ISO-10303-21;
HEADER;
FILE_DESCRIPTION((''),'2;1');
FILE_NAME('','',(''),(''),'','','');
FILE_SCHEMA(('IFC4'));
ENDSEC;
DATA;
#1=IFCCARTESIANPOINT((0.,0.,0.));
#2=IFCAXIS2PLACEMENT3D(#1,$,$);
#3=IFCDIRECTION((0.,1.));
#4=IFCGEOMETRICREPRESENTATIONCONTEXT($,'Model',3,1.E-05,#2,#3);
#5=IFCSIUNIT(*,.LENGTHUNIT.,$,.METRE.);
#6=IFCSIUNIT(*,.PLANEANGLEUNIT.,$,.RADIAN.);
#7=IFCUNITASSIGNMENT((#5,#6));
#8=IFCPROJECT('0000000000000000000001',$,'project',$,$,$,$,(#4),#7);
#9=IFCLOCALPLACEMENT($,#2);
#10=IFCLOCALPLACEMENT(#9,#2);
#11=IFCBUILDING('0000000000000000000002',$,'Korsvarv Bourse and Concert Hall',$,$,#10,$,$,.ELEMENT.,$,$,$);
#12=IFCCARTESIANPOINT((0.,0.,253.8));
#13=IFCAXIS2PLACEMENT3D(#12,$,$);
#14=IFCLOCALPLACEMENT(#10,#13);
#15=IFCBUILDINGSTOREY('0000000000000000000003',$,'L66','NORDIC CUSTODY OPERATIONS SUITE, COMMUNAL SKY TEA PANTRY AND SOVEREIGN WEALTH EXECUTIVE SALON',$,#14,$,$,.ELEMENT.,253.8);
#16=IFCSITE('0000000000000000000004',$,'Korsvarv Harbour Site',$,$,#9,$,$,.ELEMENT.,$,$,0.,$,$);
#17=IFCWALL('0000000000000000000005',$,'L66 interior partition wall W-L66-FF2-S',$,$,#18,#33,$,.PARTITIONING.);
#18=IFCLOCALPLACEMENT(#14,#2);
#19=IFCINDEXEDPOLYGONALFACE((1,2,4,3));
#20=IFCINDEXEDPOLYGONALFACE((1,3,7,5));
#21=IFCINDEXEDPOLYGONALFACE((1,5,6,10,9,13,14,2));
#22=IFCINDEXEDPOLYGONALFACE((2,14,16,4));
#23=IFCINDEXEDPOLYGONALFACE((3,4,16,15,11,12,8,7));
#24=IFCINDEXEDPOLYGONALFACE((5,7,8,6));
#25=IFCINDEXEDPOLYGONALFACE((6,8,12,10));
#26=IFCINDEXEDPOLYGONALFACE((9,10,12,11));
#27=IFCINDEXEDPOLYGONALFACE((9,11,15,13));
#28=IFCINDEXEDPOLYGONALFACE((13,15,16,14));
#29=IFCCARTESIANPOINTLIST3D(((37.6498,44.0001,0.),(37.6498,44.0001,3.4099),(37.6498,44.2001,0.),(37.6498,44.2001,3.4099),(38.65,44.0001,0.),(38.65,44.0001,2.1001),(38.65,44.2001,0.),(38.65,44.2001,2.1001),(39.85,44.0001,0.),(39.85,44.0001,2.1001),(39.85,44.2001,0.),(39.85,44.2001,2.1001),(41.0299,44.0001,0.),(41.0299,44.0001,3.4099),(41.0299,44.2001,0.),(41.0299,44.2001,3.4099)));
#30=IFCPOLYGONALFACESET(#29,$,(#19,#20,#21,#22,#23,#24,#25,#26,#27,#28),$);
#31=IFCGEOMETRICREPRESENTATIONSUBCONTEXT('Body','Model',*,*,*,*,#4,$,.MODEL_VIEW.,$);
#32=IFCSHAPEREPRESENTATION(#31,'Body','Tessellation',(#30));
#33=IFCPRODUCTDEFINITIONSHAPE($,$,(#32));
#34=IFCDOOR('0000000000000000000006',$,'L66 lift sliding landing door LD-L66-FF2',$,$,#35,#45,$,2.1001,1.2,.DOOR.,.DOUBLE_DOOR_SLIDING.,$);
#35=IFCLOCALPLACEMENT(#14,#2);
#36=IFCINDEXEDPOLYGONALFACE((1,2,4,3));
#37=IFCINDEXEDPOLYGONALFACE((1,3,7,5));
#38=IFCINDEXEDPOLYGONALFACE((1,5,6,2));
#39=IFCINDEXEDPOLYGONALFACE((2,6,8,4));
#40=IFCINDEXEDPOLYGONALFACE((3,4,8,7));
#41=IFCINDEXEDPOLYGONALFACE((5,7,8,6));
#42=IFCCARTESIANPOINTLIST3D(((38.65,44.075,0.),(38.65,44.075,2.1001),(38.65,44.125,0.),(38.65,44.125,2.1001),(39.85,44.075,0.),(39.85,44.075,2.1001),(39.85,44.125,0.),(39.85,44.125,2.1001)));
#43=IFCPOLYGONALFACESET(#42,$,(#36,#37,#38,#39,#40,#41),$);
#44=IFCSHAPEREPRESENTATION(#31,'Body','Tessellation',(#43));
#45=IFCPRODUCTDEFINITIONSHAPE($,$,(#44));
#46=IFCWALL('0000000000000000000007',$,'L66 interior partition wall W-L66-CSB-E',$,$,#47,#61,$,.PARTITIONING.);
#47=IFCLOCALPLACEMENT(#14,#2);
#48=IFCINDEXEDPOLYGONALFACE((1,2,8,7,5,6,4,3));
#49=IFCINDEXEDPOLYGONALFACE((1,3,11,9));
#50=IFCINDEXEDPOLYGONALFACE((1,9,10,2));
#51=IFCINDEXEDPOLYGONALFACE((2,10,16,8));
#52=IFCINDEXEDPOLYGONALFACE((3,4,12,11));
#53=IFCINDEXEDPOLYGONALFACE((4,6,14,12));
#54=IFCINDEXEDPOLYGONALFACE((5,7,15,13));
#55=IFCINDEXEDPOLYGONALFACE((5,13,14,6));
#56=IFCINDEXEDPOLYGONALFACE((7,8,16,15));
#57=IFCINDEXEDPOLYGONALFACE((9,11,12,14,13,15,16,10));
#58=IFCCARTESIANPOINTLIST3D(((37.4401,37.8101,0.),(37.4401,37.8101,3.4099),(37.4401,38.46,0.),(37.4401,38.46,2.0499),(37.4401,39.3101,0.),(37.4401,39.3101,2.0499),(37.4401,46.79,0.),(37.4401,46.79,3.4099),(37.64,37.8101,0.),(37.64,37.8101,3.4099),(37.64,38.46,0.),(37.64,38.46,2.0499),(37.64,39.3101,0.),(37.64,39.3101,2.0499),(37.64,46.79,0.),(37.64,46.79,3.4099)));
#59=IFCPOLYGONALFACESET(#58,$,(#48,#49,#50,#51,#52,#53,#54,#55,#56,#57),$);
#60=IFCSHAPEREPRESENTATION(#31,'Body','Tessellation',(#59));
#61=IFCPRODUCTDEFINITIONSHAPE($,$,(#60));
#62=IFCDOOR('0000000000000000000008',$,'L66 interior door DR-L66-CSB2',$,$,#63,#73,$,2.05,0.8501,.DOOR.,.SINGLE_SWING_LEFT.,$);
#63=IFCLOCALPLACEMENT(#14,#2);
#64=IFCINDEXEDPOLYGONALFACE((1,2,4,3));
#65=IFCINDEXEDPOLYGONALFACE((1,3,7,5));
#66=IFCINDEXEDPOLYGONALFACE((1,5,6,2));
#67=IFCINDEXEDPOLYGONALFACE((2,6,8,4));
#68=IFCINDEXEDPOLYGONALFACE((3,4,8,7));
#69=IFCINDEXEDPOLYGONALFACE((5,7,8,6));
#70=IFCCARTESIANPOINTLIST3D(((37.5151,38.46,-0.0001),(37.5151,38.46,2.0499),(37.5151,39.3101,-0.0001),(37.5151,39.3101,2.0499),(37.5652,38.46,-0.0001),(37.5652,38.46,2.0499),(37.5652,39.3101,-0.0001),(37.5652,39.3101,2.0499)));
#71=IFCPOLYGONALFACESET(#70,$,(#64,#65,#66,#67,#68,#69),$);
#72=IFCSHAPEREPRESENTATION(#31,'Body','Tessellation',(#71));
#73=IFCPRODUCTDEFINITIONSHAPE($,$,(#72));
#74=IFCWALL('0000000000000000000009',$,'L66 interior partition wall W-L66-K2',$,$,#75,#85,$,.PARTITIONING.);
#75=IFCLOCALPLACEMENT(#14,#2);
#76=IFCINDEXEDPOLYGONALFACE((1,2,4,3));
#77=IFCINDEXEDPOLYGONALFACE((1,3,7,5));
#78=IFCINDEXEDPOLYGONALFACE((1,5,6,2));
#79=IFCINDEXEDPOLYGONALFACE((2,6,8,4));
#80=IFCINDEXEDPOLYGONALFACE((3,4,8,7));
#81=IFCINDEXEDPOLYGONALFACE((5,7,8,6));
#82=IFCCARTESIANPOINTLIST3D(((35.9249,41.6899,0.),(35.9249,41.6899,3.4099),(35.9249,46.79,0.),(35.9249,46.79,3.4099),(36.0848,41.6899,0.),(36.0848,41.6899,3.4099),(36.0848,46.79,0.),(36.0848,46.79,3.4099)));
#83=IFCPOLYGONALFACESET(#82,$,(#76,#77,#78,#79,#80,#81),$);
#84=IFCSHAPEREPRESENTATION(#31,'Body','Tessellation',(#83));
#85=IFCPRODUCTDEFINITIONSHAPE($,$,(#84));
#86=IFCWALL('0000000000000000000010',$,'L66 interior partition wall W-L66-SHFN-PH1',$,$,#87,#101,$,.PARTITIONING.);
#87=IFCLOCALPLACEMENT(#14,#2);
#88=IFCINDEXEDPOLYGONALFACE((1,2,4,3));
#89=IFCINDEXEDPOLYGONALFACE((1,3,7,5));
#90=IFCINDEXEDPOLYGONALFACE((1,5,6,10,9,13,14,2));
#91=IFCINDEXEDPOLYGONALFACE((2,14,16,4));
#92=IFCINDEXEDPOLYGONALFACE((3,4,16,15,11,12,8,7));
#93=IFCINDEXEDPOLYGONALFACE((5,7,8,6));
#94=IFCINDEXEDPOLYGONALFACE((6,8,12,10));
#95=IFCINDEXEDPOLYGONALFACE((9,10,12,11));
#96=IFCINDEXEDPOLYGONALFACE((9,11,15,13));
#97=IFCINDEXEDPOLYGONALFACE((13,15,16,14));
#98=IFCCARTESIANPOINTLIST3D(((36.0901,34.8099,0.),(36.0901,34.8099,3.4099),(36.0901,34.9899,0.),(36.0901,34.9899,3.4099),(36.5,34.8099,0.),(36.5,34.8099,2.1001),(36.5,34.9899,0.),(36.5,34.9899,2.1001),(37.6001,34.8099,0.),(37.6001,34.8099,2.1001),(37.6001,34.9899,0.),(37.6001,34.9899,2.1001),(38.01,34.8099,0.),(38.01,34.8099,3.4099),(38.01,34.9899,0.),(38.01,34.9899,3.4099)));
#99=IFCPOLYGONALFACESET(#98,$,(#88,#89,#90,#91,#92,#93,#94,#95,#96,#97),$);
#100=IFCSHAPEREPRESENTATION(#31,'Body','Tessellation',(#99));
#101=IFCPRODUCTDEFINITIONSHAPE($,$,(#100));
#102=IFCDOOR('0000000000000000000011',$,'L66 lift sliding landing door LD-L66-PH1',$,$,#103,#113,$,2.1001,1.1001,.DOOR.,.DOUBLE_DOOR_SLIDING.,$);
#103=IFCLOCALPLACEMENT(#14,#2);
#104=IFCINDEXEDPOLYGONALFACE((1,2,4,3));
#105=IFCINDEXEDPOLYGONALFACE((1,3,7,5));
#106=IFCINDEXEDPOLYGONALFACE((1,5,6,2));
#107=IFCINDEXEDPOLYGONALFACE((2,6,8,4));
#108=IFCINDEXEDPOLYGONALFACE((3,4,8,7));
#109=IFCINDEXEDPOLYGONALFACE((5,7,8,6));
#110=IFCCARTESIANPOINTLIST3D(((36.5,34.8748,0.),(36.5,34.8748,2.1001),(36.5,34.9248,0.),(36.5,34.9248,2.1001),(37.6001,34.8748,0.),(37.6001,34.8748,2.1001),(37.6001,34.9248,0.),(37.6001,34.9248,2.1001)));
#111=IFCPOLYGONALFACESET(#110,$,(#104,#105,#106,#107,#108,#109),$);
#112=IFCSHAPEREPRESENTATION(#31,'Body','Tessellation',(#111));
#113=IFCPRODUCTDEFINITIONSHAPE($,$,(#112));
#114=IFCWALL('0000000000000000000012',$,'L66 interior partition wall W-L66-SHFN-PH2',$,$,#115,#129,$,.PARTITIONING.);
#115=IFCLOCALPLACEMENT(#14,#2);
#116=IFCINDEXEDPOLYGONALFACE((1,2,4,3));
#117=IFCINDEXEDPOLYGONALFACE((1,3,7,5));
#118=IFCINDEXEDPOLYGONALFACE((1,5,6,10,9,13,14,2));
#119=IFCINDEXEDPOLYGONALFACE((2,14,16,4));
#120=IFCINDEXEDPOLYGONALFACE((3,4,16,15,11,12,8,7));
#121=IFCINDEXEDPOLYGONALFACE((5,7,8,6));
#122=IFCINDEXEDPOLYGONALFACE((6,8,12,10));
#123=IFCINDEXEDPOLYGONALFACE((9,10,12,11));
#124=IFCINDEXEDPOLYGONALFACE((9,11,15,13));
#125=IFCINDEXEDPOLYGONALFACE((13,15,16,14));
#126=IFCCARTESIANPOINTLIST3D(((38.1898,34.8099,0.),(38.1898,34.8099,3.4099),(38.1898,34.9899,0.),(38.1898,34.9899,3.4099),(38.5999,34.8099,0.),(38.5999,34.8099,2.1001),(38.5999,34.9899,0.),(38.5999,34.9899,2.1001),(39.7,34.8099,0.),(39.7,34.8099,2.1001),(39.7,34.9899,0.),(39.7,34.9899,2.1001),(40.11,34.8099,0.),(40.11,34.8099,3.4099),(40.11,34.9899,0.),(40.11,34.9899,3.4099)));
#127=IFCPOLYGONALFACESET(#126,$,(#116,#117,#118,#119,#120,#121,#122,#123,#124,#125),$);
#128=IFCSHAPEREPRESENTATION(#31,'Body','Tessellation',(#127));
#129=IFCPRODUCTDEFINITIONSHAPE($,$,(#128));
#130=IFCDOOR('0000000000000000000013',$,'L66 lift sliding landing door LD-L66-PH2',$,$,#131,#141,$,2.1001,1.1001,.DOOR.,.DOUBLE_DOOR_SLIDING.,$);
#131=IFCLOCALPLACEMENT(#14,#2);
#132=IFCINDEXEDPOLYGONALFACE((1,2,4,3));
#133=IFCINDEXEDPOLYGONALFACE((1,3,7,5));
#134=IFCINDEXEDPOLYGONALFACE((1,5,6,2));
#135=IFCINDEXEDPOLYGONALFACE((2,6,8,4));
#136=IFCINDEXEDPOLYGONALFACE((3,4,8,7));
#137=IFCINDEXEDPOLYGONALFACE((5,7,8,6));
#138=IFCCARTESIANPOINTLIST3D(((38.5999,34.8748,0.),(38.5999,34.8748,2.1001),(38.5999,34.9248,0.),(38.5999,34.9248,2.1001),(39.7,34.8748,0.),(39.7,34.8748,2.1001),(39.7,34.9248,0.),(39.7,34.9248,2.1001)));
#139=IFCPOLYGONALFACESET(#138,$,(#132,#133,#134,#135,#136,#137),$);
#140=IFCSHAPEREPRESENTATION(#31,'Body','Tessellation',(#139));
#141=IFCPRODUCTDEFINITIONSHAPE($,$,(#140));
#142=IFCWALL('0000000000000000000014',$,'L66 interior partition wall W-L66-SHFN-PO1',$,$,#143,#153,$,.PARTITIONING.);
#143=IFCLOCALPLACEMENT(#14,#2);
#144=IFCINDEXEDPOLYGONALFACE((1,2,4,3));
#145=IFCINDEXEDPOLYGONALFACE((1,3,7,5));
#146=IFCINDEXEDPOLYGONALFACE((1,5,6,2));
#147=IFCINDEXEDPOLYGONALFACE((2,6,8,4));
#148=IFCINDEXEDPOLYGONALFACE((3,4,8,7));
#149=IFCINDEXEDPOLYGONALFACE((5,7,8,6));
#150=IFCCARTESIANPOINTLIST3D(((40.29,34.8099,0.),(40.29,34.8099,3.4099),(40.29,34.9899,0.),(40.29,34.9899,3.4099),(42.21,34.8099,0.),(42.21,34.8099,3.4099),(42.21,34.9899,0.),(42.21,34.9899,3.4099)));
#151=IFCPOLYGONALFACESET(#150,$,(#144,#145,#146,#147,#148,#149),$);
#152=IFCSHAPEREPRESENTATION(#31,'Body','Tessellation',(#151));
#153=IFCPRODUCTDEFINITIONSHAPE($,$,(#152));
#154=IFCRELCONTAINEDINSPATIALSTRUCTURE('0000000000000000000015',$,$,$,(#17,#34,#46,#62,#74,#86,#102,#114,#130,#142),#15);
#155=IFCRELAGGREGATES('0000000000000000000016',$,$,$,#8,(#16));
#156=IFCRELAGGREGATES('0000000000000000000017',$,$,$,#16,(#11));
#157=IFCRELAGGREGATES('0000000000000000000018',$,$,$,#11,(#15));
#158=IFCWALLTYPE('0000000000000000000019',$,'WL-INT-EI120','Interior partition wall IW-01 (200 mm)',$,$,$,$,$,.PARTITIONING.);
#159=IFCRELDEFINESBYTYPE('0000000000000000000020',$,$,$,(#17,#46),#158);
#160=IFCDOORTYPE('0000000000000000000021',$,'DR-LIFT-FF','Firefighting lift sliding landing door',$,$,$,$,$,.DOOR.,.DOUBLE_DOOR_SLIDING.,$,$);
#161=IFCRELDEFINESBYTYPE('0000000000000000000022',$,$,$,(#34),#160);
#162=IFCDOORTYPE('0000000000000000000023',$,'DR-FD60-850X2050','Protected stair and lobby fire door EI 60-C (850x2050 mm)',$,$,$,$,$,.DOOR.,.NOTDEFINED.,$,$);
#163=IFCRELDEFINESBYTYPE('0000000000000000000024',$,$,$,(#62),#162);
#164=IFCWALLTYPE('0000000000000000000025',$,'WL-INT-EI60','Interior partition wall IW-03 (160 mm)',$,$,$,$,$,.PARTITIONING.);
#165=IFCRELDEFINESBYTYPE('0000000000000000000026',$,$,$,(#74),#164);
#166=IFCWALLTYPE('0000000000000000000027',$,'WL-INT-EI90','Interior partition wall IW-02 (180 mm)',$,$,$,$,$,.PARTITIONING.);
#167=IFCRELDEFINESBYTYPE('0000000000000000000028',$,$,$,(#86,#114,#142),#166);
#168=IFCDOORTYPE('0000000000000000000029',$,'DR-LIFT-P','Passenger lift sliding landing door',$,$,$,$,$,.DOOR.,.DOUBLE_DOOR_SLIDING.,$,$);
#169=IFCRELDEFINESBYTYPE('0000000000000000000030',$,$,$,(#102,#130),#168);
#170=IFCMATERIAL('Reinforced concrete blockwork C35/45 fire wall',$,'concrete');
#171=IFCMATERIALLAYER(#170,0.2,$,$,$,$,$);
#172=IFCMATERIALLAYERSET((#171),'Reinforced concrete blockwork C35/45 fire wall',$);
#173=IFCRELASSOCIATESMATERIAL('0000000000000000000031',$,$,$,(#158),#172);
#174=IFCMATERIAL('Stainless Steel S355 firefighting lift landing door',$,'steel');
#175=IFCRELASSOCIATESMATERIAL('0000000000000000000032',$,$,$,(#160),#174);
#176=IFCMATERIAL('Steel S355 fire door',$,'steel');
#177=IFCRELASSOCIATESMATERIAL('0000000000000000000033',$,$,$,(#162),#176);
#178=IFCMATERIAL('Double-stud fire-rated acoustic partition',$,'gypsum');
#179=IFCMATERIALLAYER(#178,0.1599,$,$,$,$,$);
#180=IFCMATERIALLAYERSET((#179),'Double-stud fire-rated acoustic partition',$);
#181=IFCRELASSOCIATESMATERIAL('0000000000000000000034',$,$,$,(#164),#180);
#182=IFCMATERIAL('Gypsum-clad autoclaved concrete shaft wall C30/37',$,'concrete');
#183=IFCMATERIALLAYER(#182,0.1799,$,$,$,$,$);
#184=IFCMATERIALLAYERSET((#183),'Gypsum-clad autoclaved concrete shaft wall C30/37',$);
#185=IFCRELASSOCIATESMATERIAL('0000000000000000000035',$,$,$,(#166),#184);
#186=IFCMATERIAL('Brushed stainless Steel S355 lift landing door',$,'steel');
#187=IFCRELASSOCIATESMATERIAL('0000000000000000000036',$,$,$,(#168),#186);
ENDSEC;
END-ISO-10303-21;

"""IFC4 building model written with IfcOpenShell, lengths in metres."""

from ifc_helpers import new_model, si_unit, direction, frame, frame_2d, origin, place, context, subcontext, project, spatial, rectangle, extrude, material, layer, layer_set, type_object, element, fill, save


model = new_model("IFC4")

# Units and contexts
model_context = context("Model", 3, precision=1e-05, world=origin(), true_north=direction((0.0, 1.0)))
body_context = subcontext(model_context, "Body", "Model", "MODEL_VIEW")
ifc_project = project(units=[si_unit("LENGTHUNIT", "METRE"), si_unit("PLANEANGLEUNIT", "RADIAN")], contexts=[model_context])

# Site, building, storey
site_placement = place(None, origin())
site = spatial("IfcSite", under=ifc_project, at=site_placement, Name="Korsvarv Harbour Site", CompositionType="ELEMENT", RefElevation=0.0)
building_placement = place(site_placement, origin())
building = spatial("IfcBuilding", under=site, at=building_placement, Name="Korsvarv Bourse and Concert Hall", CompositionType="ELEMENT")
storey_placement = place(building_placement, frame((0.0, 0.0, 253.8)))
storey = spatial("IfcBuildingStorey", under=building, at=storey_placement, Name="L66", Description="NORDIC CUSTODY OPERATIONS SUITE, COMMUNAL SKY TEA PANTRY AND SOVEREIGN WEALTH EXECUTIVE SALON", CompositionType="ELEMENT", Elevation=253.8)

# Shared definitions
ifc_material_1 = material(Name="Steel S355 fire door", Category="steel")

# Walls, openings, doors
ifc_material_2 = material(Name="Reinforced concrete blockwork C35/45 fire wall", Category="concrete")
ifc_layer_1 = layer(ifc_material_2, 0.2)
ifc_layer_set_1 = layer_set([ifc_layer_1], Name="Reinforced concrete blockwork C35/45 fire wall")
wall_type_1 = type_object("IfcWallType", Name="WL-INT-EI120", Description="Interior partition wall IW-01 (200 mm)", PredefinedType="PARTITIONING", material=ifc_layer_set_1)
wall_1_placement = place(storey_placement, frame((37.6499, 44.1001, 0.0), z_axis=(0.0, 0.0, 1.0), x_axis=(1.0, 0.0, 0.0)))
wall_1 = element("IfcWall", 1, at=wall_1_placement, inside=storey, type_object=wall_type_1, Name="L66 interior partition wall W-L66-FF2-S", PredefinedType="PARTITIONING", context=body_context, shape_type="SweptSolid", body=[
    extrude(rectangle(XDim=3.3801, YDim=0.2, at=frame_2d((1.6899, 0.0))), origin(), (0.0, 0.0, 1.0), 3.4099),
])
opening_1_placement = place(wall_1_placement, frame((1.0, 0.0, 0.0)))
opening_1 = element("IfcOpeningElement", 2, at=opening_1_placement, cuts=wall_1, PredefinedType="OPENING", context=body_context, shape_type="SweptSolid", body=[
    extrude(rectangle(XDim=1.2, YDim=2.1001, at=frame_2d((0.6001, 1.05))), frame((0.0, 0.1099, 0.0), z_axis=(0.0, -1.0, 0.0), x_axis=(1.0, 0.0, 0.0)), (0.0, 0.0, 1.0), 0.22),
])
ifc_material_3 = material(Name="Stainless Steel S355 firefighting lift landing door", Category="steel")
door_type_1 = type_object("IfcDoorType", Name="DR-LIFT-FF", Description="Firefighting lift sliding landing door", OperationType="DOUBLE_DOOR_SLIDING", PredefinedType="DOOR", material=ifc_material_3)
door_1_placement = place(opening_1_placement, origin())
door_1 = element("IfcDoor", 3, at=door_1_placement, inside=storey, type_object=door_type_1, Name="L66 lift sliding landing door LD-L66-FF2", OperationType="DOUBLE_DOOR_SLIDING", OverallHeight=2.1001, OverallWidth=1.2, PredefinedType="DOOR", context=body_context, shape_type="SweptSolid", body=[
    extrude(rectangle(XDim=1.2, YDim=2.1001, at=frame_2d((0.6001, 1.05))), frame((0.0, 0.0249, 0.0), z_axis=(0.0, -1.0, 0.0), x_axis=(1.0, 0.0, 0.0)), (0.0, 0.0, 1.0), 0.05),
])
fill(opening_1, door_1)
wall_2_placement = place(storey_placement, frame((37.54, 37.8101, 0.0), z_axis=(0.0, 0.0, 1.0), x_axis=(0.0, 1.0, 0.0)))
wall_2 = element("IfcWall", 4, at=wall_2_placement, inside=storey, type_object=wall_type_1, Name="L66 interior partition wall W-L66-CSB-E", PredefinedType="PARTITIONING", context=body_context, shape_type="SweptSolid", body=[
    extrude(rectangle(XDim=8.98, YDim=0.2, at=frame_2d((4.49, 0.0))), origin(), (0.0, 0.0, 1.0), 3.4099),
])
opening_2_placement = place(wall_2_placement, frame((0.6499, 0.0, 0.0)))
opening_2 = element("IfcOpeningElement", 5, at=opening_2_placement, cuts=wall_2, PredefinedType="OPENING", context=body_context, shape_type="SweptSolid", body=[
    extrude(rectangle(XDim=0.8501, YDim=2.05, at=frame_2d((0.425, 1.0249))), frame((0.0, 0.1099, 0.0), z_axis=(0.0, -1.0, 0.0), x_axis=(1.0, 0.0, 0.0)), (0.0, 0.0, 1.0), 0.22),
])
door_type_2 = type_object("IfcDoorType", Name="DR-FD60-850X2050", Description="Protected stair and lobby fire door EI 60-C (850x2050 mm)", OperationType="NOTDEFINED", PredefinedType="DOOR", material=ifc_material_1)
door_2_placement = place(opening_2_placement, origin())
door_2 = element("IfcDoor", 6, at=door_2_placement, inside=storey, type_object=door_type_2, Name="L66 interior door DR-L66-CSB2", OperationType="SINGLE_SWING_LEFT", OverallHeight=2.05, OverallWidth=0.8501, PredefinedType="DOOR", context=body_context, shape_type="SweptSolid", body=[
    extrude(rectangle(XDim=0.8501, YDim=2.05, at=frame_2d((0.425, 1.0249))), frame((0.0, 0.0249, 0.0), z_axis=(0.0, -1.0, 0.0), x_axis=(1.0, 0.0, 0.0)), (0.0, 0.0, 1.0), 0.05),
])
fill(opening_2, door_2)

# Wall
ifc_material_4 = material(Name="Double-stud fire-rated acoustic partition", Category="gypsum")
ifc_layer_2 = layer(ifc_material_4, 0.1599)
ifc_layer_set_2 = layer_set([ifc_layer_2], Name="Double-stud fire-rated acoustic partition")
wall_type_2 = type_object("IfcWallType", Name="WL-INT-EI60", Description="Interior partition wall IW-03 (160 mm)", PredefinedType="PARTITIONING", material=ifc_layer_set_2)
wall_3_placement = place(storey_placement, frame((36.0049, 41.6899, 0.0), z_axis=(0.0, 0.0, 1.0), x_axis=(0.0, 1.0, 0.0)))
element("IfcWall", 7, at=wall_3_placement, inside=storey, type_object=wall_type_2, Name="L66 interior partition wall W-L66-K2", PredefinedType="PARTITIONING", context=body_context, shape_type="SweptSolid", body=[
    extrude(rectangle(XDim=5.1001, YDim=0.1599, at=frame_2d((2.55, 0.0))), origin(), (0.0, 0.0, 1.0), 3.4099),
])

# Walls, openings, doors
ifc_material_5 = material(Name="Gypsum-clad autoclaved concrete shaft wall C30/37", Category="concrete")
ifc_layer_3 = layer(ifc_material_5, 0.1799)
ifc_layer_set_3 = layer_set([ifc_layer_3], Name="Gypsum-clad autoclaved concrete shaft wall C30/37")
wall_type_3 = type_object("IfcWallType", Name="WL-INT-EI90", Description="Interior partition wall IW-02 (180 mm)", PredefinedType="PARTITIONING", material=ifc_layer_set_3)
wall_4_placement = place(storey_placement, frame((36.0901, 34.8999, 0.0), z_axis=(0.0, 0.0, 1.0), x_axis=(1.0, 0.0, 0.0)))
wall_4 = element("IfcWall", 8, at=wall_4_placement, inside=storey, type_object=wall_type_3, Name="L66 interior partition wall W-L66-SHFN-PH1", PredefinedType="PARTITIONING", context=body_context, shape_type="SweptSolid", body=[
    extrude(rectangle(XDim=1.9199, YDim=0.1799, at=frame_2d((0.96, 0.0))), origin(), (0.0, 0.0, 1.0), 3.4099),
])
opening_3_placement = place(wall_4_placement, frame((0.4099, 0.0, 0.0)))
opening_3 = element("IfcOpeningElement", 9, at=opening_3_placement, cuts=wall_4, PredefinedType="OPENING", context=body_context, shape_type="SweptSolid", body=[
    extrude(rectangle(XDim=1.1001, YDim=2.1001, at=frame_2d((0.55, 1.05))), frame((0.0, 0.1001, 0.0), z_axis=(0.0, -1.0, 0.0), x_axis=(1.0, 0.0, 0.0)), (0.0, 0.0, 1.0), 0.2),
])
ifc_material_6 = material(Name="Brushed stainless Steel S355 lift landing door", Category="steel")
door_type_3 = type_object("IfcDoorType", Name="DR-LIFT-P", Description="Passenger lift sliding landing door", OperationType="DOUBLE_DOOR_SLIDING", PredefinedType="DOOR", material=ifc_material_6)
door_3_placement = place(opening_3_placement, origin())
door_3 = element("IfcDoor", 10, at=door_3_placement, inside=storey, type_object=door_type_3, Name="L66 lift sliding landing door LD-L66-PH1", OperationType="DOUBLE_DOOR_SLIDING", OverallHeight=2.1001, OverallWidth=1.1001, PredefinedType="DOOR", context=body_context, shape_type="SweptSolid", body=[
    extrude(rectangle(XDim=1.1001, YDim=2.1001, at=frame_2d((0.55, 1.05))), frame((0.0, 0.0249, 0.0), z_axis=(0.0, -1.0, 0.0), x_axis=(1.0, 0.0, 0.0)), (0.0, 0.0, 1.0), 0.05),
])
fill(opening_3, door_3)
wall_5_placement = place(storey_placement, frame((38.1899, 34.8999, 0.0), z_axis=(0.0, 0.0, 1.0), x_axis=(1.0, 0.0, 0.0)))
wall_5 = element("IfcWall", 11, at=wall_5_placement, inside=storey, type_object=wall_type_3, Name="L66 interior partition wall W-L66-SHFN-PH2", PredefinedType="PARTITIONING", context=body_context, shape_type="SweptSolid", body=[
    extrude(rectangle(XDim=1.9202, YDim=0.1799, at=frame_2d((0.96, 0.0))), origin(), (0.0, 0.0, 1.0), 3.4099),
])
opening_4_placement = place(wall_5_placement, frame((0.4099, 0.0, 0.0)))
opening_4 = element("IfcOpeningElement", 12, at=opening_4_placement, cuts=wall_5, PredefinedType="OPENING", context=body_context, shape_type="SweptSolid", body=[
    extrude(rectangle(XDim=1.1001, YDim=2.1001, at=frame_2d((0.55, 1.05))), frame((0.0, 0.1001, 0.0), z_axis=(0.0, -1.0, 0.0), x_axis=(1.0, 0.0, 0.0)), (0.0, 0.0, 1.0), 0.2),
])
door_4_placement = place(opening_4_placement, origin())
door_4 = element("IfcDoor", 13, at=door_4_placement, inside=storey, type_object=door_type_3, Name="L66 lift sliding landing door LD-L66-PH2", OperationType="DOUBLE_DOOR_SLIDING", OverallHeight=2.1001, OverallWidth=1.1001, PredefinedType="DOOR", context=body_context, shape_type="SweptSolid", body=[
    extrude(rectangle(XDim=1.1001, YDim=2.1001, at=frame_2d((0.55, 1.05))), frame((0.0, 0.0249, 0.0), z_axis=(0.0, -1.0, 0.0), x_axis=(1.0, 0.0, 0.0)), (0.0, 0.0, 1.0), 0.05),
])
fill(opening_4, door_4)

# Wall
wall_6_placement = place(storey_placement, frame((40.29, 34.8999, 0.0), z_axis=(0.0, 0.0, 1.0), x_axis=(1.0, 0.0, 0.0)))
element("IfcWall", 14, at=wall_6_placement, inside=storey, type_object=wall_type_3, Name="L66 interior partition wall W-L66-SHFN-PO1", PredefinedType="PARTITIONING", context=body_context, shape_type="SweptSolid", body=[
    extrude(rectangle(XDim=1.9199, YDim=0.1799, at=frame_2d((0.96, 0.0))), origin(), (0.0, 0.0, 1.0), 3.4099),
])

save(model, "model.ifc")
